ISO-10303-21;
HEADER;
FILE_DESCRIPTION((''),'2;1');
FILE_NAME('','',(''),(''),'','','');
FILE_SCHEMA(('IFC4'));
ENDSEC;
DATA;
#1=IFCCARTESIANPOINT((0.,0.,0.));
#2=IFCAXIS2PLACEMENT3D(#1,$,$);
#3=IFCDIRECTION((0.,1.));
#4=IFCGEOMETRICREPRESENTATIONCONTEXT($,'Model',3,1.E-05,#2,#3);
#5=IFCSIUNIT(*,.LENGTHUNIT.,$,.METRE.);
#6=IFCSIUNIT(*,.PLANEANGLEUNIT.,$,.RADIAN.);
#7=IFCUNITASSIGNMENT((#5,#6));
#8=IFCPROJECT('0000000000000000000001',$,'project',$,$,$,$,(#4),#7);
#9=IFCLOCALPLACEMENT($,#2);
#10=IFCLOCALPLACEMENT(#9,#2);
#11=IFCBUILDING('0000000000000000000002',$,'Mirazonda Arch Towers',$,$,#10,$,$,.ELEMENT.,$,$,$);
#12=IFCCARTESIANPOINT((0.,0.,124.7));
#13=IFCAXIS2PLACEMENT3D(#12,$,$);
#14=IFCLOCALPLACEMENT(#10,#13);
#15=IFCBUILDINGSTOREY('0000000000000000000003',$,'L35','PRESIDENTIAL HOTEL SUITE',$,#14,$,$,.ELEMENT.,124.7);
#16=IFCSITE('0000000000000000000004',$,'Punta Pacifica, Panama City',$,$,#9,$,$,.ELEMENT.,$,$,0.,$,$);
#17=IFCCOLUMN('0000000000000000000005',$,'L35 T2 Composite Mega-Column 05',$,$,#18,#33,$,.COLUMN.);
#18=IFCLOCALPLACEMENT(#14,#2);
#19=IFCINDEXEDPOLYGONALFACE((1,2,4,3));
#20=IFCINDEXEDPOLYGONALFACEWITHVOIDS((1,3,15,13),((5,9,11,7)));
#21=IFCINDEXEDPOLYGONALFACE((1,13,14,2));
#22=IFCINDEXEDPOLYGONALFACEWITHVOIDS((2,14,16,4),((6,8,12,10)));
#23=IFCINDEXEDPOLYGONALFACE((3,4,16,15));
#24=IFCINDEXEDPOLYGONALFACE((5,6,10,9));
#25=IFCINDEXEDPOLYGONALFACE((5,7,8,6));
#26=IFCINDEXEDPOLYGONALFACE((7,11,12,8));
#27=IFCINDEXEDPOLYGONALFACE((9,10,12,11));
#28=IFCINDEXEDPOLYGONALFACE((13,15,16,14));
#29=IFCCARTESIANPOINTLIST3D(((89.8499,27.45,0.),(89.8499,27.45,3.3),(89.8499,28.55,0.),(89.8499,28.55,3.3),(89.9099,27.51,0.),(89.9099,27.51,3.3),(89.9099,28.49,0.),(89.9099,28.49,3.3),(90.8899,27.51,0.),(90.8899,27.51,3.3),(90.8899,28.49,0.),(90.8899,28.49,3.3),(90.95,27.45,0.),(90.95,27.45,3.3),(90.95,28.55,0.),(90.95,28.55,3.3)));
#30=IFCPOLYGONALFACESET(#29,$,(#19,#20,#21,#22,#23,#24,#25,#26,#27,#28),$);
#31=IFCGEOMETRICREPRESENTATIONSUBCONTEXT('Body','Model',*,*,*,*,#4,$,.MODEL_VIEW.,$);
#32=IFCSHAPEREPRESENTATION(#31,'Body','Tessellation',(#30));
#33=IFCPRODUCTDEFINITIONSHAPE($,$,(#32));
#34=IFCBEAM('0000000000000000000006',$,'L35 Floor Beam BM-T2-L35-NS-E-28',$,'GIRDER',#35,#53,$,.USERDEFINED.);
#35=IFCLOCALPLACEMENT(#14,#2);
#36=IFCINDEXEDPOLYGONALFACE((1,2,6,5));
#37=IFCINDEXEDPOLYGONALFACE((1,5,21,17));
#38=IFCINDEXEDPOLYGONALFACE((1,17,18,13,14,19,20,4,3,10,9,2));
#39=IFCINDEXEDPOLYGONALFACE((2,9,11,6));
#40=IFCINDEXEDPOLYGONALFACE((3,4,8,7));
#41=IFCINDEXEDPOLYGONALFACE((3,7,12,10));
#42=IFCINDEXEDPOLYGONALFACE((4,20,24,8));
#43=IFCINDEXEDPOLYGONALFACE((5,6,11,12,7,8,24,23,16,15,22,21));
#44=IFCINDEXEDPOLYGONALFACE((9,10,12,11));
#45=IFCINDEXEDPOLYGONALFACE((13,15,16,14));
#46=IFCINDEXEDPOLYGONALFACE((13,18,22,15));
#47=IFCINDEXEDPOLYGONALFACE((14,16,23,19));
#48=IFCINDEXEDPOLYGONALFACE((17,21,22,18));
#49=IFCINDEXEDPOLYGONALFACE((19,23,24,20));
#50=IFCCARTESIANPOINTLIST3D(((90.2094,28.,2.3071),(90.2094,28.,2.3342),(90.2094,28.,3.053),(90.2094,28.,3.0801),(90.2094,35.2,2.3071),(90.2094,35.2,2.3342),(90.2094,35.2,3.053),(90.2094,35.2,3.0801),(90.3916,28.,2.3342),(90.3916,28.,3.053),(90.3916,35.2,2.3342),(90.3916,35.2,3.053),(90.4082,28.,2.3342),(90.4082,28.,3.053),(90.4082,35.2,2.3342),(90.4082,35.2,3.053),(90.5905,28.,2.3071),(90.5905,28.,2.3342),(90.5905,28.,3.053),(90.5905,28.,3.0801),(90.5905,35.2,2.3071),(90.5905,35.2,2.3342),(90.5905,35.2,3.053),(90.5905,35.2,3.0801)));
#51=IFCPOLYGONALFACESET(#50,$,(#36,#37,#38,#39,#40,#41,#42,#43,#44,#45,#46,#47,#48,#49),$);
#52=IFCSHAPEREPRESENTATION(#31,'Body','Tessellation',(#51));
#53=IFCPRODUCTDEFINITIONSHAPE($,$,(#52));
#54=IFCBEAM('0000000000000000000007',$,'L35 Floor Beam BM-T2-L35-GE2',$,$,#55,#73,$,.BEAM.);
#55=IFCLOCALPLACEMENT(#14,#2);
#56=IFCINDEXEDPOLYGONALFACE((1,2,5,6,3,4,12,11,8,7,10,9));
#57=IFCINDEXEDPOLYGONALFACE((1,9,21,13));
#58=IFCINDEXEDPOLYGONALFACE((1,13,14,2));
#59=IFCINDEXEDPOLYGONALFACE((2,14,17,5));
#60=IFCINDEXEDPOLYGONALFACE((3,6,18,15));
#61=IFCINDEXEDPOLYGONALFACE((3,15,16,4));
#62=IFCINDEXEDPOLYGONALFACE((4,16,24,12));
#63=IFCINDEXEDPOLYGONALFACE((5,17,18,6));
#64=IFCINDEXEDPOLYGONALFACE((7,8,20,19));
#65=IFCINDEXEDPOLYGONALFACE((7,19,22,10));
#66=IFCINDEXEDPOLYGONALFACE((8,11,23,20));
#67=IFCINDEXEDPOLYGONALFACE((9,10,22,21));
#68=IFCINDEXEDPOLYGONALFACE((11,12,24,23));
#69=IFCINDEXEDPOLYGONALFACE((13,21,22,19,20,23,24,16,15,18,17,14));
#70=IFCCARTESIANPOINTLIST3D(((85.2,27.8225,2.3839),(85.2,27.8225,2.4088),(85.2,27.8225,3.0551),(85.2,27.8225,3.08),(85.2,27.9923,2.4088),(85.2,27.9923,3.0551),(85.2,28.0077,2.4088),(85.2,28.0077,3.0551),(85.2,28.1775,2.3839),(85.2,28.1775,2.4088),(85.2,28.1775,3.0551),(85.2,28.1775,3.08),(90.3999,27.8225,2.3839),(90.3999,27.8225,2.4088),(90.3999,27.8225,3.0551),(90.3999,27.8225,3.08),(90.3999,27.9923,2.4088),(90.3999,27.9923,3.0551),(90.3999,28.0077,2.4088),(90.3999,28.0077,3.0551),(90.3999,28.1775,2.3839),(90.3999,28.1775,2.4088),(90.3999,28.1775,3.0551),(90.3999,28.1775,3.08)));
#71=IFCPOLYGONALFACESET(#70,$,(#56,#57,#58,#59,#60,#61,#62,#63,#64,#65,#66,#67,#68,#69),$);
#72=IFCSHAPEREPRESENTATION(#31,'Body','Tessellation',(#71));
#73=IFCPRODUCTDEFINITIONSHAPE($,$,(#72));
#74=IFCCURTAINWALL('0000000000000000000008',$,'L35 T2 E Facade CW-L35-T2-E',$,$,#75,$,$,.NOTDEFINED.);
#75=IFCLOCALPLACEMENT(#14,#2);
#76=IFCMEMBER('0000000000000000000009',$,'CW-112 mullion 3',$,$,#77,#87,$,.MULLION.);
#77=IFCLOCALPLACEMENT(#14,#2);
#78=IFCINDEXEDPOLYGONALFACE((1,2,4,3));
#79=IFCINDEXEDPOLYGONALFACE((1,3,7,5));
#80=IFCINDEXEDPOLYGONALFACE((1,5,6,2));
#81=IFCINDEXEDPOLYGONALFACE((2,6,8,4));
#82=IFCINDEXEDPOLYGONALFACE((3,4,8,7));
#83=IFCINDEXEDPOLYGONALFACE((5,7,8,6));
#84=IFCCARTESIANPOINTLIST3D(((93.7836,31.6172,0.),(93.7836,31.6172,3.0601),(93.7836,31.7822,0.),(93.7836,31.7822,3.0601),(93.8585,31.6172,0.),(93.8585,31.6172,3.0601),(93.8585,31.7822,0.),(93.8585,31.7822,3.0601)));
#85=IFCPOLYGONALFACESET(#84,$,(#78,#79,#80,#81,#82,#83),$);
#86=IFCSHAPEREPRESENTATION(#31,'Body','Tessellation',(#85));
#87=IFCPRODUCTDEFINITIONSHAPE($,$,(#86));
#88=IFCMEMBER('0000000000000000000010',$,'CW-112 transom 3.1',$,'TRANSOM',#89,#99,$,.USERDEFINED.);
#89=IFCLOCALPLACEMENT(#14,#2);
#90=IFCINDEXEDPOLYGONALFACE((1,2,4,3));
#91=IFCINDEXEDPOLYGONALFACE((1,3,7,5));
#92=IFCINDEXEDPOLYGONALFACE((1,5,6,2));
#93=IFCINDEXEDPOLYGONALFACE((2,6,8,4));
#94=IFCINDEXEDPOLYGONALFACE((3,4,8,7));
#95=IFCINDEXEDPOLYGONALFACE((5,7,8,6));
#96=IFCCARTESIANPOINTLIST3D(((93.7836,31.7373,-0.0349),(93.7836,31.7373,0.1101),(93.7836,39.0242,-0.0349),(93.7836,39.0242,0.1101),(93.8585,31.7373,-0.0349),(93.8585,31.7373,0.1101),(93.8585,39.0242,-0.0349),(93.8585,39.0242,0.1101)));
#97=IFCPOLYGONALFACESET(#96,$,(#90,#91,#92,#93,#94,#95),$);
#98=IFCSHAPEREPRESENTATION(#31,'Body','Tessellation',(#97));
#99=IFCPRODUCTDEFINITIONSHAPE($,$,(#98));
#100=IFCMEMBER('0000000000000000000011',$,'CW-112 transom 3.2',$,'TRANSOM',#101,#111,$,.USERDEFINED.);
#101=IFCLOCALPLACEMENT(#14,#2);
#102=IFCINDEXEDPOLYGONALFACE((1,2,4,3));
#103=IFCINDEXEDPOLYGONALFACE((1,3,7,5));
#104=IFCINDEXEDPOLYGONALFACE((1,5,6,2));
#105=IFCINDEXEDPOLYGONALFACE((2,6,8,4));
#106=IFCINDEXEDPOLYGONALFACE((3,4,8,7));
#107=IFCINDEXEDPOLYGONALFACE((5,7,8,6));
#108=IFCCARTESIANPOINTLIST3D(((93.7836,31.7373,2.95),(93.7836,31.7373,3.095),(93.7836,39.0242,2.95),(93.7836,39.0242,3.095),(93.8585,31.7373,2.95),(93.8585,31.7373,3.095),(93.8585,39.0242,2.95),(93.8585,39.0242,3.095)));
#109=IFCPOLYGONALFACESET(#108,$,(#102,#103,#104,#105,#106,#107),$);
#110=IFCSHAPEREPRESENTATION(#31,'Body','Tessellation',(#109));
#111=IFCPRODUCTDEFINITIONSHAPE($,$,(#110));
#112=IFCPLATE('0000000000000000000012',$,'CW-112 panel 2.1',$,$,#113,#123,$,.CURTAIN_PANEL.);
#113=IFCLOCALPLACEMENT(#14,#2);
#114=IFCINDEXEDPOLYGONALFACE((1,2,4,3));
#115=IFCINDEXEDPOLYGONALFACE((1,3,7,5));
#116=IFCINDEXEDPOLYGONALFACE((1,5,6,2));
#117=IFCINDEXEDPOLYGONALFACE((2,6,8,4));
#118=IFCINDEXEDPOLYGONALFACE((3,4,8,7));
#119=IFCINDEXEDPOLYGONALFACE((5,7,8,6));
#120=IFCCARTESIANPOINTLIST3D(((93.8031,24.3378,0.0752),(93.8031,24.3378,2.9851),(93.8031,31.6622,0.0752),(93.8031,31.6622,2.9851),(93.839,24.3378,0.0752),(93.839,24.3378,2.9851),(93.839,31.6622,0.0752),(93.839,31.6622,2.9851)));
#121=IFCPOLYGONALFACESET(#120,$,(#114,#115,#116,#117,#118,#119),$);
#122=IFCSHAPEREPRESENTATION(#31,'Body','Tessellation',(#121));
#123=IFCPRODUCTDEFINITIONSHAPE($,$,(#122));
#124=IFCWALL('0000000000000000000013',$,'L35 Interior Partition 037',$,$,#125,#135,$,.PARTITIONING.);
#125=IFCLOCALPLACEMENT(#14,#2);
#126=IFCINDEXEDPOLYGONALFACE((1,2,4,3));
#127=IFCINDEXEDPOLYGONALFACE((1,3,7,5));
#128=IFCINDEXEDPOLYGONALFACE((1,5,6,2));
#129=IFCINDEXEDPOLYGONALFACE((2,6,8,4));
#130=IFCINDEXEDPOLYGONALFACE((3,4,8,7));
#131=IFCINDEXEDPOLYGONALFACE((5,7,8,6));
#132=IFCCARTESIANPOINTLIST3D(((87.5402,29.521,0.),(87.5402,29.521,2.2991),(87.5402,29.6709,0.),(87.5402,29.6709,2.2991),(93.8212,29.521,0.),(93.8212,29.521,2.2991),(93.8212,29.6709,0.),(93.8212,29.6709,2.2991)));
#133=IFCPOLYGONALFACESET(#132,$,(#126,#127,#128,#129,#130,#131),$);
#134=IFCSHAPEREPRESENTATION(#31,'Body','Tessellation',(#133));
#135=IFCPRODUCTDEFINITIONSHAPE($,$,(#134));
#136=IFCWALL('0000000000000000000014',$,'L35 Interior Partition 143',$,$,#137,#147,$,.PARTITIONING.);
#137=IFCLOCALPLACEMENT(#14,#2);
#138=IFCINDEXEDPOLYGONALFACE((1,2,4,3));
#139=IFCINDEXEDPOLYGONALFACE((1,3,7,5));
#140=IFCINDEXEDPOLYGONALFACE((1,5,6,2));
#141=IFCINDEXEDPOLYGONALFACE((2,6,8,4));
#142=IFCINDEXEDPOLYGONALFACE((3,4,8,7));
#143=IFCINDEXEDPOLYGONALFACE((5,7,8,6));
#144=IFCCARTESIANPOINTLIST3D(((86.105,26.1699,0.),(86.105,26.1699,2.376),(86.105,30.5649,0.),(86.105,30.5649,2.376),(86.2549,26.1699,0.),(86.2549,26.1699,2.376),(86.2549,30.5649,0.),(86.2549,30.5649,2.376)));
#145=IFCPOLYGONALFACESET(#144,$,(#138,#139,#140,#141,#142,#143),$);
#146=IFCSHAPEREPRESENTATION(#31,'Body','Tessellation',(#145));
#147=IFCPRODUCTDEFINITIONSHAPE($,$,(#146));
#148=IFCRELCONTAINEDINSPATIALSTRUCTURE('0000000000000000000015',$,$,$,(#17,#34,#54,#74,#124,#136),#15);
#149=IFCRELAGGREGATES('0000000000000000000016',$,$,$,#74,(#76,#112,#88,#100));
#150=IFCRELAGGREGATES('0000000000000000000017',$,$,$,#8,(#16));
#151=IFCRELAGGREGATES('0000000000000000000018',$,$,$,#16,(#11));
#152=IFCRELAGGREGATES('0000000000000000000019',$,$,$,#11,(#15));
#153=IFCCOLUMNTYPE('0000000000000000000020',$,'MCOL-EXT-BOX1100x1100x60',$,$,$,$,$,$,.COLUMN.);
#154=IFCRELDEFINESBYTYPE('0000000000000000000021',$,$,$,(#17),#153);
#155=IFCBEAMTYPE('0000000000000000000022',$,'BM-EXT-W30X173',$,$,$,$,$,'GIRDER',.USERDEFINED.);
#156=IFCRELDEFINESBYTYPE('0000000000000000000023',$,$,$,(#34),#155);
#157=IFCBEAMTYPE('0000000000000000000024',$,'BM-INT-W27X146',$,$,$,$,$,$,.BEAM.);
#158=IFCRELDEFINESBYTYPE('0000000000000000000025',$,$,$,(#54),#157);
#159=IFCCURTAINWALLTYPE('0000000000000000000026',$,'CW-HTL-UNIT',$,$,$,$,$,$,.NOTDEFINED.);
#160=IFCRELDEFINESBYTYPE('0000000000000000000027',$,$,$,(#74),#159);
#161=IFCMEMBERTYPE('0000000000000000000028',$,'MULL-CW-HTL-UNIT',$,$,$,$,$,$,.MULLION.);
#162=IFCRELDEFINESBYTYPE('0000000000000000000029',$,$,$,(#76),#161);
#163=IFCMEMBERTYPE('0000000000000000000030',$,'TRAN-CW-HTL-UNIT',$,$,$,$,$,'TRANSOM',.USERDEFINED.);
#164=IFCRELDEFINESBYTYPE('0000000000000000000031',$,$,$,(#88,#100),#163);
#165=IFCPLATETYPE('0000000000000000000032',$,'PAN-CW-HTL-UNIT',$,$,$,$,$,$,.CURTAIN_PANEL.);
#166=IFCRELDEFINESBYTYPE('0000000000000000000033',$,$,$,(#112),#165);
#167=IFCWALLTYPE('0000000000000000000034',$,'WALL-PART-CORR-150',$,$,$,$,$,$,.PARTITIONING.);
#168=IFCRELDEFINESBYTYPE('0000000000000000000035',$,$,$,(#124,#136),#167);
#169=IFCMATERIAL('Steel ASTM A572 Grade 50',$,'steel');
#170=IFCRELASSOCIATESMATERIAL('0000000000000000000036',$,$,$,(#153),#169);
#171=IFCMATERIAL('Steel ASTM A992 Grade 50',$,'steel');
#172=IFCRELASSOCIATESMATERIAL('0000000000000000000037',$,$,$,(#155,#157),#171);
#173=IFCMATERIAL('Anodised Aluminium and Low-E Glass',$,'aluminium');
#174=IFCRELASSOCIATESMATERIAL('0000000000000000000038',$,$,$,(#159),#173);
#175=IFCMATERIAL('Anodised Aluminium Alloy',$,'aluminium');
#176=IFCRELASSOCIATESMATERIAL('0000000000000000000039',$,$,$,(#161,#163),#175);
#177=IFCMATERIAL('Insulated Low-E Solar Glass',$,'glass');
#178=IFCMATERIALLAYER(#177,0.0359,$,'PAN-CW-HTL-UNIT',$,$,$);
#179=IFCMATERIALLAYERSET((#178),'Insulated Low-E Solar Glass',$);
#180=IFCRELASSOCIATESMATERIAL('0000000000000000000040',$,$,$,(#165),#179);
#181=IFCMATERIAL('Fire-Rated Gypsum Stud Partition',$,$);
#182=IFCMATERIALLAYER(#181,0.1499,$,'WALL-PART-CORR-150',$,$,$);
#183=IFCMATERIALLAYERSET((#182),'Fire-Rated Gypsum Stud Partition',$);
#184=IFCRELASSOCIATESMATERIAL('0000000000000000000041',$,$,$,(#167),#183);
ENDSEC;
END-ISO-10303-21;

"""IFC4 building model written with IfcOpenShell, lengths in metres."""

from ifc_helpers import new_model, si_unit, direction, frame, frame_2d, origin, origin_2d, place, context, subcontext, project, spatial, rectangle, hollow_rectangle, i_section, extrude, material, layer, layer_set, material_profile, profile_set, type_object, element, aggregate, save


model = new_model("IFC4")

# Units and contexts
model_context = context("Model", 3, precision=1e-05, world=origin(), true_north=direction((0.0, 1.0)))
body_context = subcontext(model_context, "Body", "Model", "MODEL_VIEW")
ifc_project = project(units=[si_unit("LENGTHUNIT", "METRE"), si_unit("PLANEANGLEUNIT", "RADIAN")], contexts=[model_context])

# Site, building, storey
site_placement = place(None, origin())
site = spatial("IfcSite", under=ifc_project, at=site_placement, Name="Punta Pacifica, Panama City", CompositionType="ELEMENT", RefElevation=0.0)
building_placement = place(site_placement, origin())
building = spatial("IfcBuilding", under=site, at=building_placement, Name="Mirazonda Arch Towers", CompositionType="ELEMENT")
storey_placement = place(building_placement, frame((0.0, 0.0, 124.7)))
storey = spatial("IfcBuildingStorey", under=building, at=storey_placement, Name="L35", Description="PRESIDENTIAL HOTEL SUITE", CompositionType="ELEMENT", Elevation=124.7)

# Column
ifc_material_1 = material(Name="Steel ASTM A572 Grade 50", Category="steel")
ifc_material_profile_1 = material_profile(ifc_material_1, hollow_rectangle(XDim=1.1001, YDim=1.1001, WallThickness=0.0601, at=origin_2d()), Name="BOX1100x1100x60")
ifc_profile_set_1 = profile_set([ifc_material_profile_1], Name="Steel ASTM A572 Grade 50")
column_type = type_object("IfcColumnType", Name="MCOL-EXT-BOX1100x1100x60", PredefinedType="COLUMN", material=ifc_profile_set_1)
column_placement = place(storey_placement, frame((90.3999, 28.0, 0.0), z_axis=(0.0, 0.0, 1.0), x_axis=(1.0, 0.0, 0.0)))
element("IfcColumn", 1, at=column_placement, inside=storey, type_object=column_type, Name="L35 T2 Composite Mega-Column 05", PredefinedType="COLUMN", context=body_context, shape_type="SweptSolid", body=[
    extrude(hollow_rectangle(XDim=1.1001, YDim=1.1001, WallThickness=0.0601, at=origin_2d()), origin(), (0.0, 0.0, 1.0), 3.3),
])

# Beams
ifc_material_2 = material(Name="Steel ASTM A992 Grade 50", Category="steel")
ifc_material_profile_2 = material_profile(ifc_material_2, i_section(OverallWidth=0.3811, OverallDepth=0.7729, WebThickness=0.0166, FlangeThickness=0.0271, at=origin_2d()), Name="W30X173")
ifc_profile_set_2 = profile_set([ifc_material_profile_2], Name="Steel ASTM A992 Grade 50")
beam_type_1 = type_object("IfcBeamType", Name="BM-EXT-W30X173", ElementType="GIRDER", PredefinedType="USERDEFINED", material=ifc_profile_set_2)
beam_1_placement = place(storey_placement, frame((90.3999, 28.0, 2.6936), z_axis=(0.0, 1.0, 0.0), x_axis=(-1.0, 0.0, 0.0)))
element("IfcBeam", 2, at=beam_1_placement, inside=storey, type_object=beam_type_1, Name="L35 Floor Beam BM-T2-L35-NS-E-28", ObjectType="GIRDER", PredefinedType="USERDEFINED", context=body_context, shape_type="SweptSolid", body=[
    extrude(i_section(OverallWidth=0.3811, OverallDepth=0.7729, WebThickness=0.0166, FlangeThickness=0.0271, at=origin_2d()), origin(), (0.0, 0.0, 1.0), 7.2),
])
ifc_material_profile_3 = material_profile(ifc_material_2, i_section(OverallWidth=0.355, OverallDepth=0.696, WebThickness=0.0154, FlangeThickness=0.0249, at=origin_2d()), Name="W27X146")
ifc_profile_set_3 = profile_set([ifc_material_profile_3], Name="Steel ASTM A992 Grade 50")
beam_type_2 = type_object("IfcBeamType", Name="BM-INT-W27X146", PredefinedType="BEAM", material=ifc_profile_set_3)
beam_2_placement = place(storey_placement, frame((85.2, 28.0, 2.7319), z_axis=(1.0, 0.0, 0.0), x_axis=(0.0, 1.0, 0.0)))
element("IfcBeam", 3, at=beam_2_placement, inside=storey, type_object=beam_type_2, Name="L35 Floor Beam BM-T2-L35-GE2", PredefinedType="BEAM", context=body_context, shape_type="SweptSolid", body=[
    extrude(i_section(OverallWidth=0.355, OverallDepth=0.696, WebThickness=0.0154, FlangeThickness=0.0249, at=origin_2d()), origin(), (0.0, 0.0, 1.0), 5.2),
])

# Curtain wall, members, plate
ifc_material_3 = material(Name="Anodised Aluminium and Low-E Glass", Category="aluminium")
curtain_wall_type = type_object("IfcCurtainWallType", Name="CW-HTL-UNIT", PredefinedType="NOTDEFINED", material=ifc_material_3)
curtain_wall_placement = place(storey_placement, origin())
curtain_wall = element("IfcCurtainWall", 4, at=curtain_wall_placement, inside=storey, type_object=curtain_wall_type, Name="L35 T2 E Facade CW-L35-T2-E", PredefinedType="NOTDEFINED")
ifc_material_4 = material(Name="Anodised Aluminium Alloy", Category="aluminium")
ifc_material_profile_4 = material_profile(ifc_material_4, rectangle(XDim=0.075, YDim=0.165, at=origin_2d()), Name="ALU-MULL-75x165")
ifc_profile_set_4 = profile_set([ifc_material_profile_4], Name="Anodised Aluminium Alloy")
member_type_1 = type_object("IfcMemberType", Name="MULL-CW-HTL-UNIT", PredefinedType="MULLION", material=ifc_profile_set_4)
member_1_placement = place(storey_placement, frame((93.821, 31.6997, 0.0), z_axis=(0.0, 0.0, 1.0), x_axis=(-1.0, 0.0, 0.0)))
member_1 = element("IfcMember", 5, at=member_1_placement, type_object=member_type_1, Name="CW-112 mullion 3", PredefinedType="MULLION", context=body_context, shape_type="SweptSolid", body=[
    extrude(rectangle(XDim=0.075, YDim=0.165, at=origin_2d()), origin(), (0.0, 0.0, 1.0), 3.0601),
])
ifc_material_profile_5 = material_profile(ifc_material_4, rectangle(XDim=0.075, YDim=0.145, at=origin_2d()), Name="ALU-TRAN-75x145")
ifc_profile_set_5 = profile_set([ifc_material_profile_5], Name="Anodised Aluminium Alloy")
member_type_2 = type_object("IfcMemberType", Name="TRAN-CW-HTL-UNIT", ElementType="TRANSOM", PredefinedType="USERDEFINED", material=ifc_profile_set_5)
member_2_placement = place(storey_placement, frame((93.821, 31.7373, 0.0376), z_axis=(0.0, 1.0, 0.0), x_axis=(-1.0, 0.0, 0.0)))
member_2 = element("IfcMember", 6, at=member_2_placement, type_object=member_type_2, Name="CW-112 transom 3.1", ObjectType="TRANSOM", PredefinedType="USERDEFINED", context=body_context, shape_type="SweptSolid", body=[
    extrude(rectangle(XDim=0.075, YDim=0.145, at=origin_2d()), origin(), (0.0, 0.0, 1.0), 7.2869),
])
member_3_placement = place(storey_placement, frame((93.821, 31.7373, 3.0225), z_axis=(0.0, 1.0, 0.0), x_axis=(-1.0, 0.0, 0.0)))
member_3 = element("IfcMember", 7, at=member_3_placement, type_object=member_type_2, Name="CW-112 transom 3.2", ObjectType="TRANSOM", PredefinedType="USERDEFINED", context=body_context, shape_type="SweptSolid", body=[
    extrude(rectangle(XDim=0.075, YDim=0.145, at=origin_2d()), origin(), (0.0, 0.0, 1.0), 7.2869),
])
ifc_material_5 = material(Name="Insulated Low-E Solar Glass", Category="glass")
ifc_layer_1 = layer(ifc_material_5, 0.0359, Name="PAN-CW-HTL-UNIT")
ifc_layer_set_1 = layer_set([ifc_layer_1], Name="Insulated Low-E Solar Glass")
plate_type = type_object("IfcPlateType", Name="PAN-CW-HTL-UNIT", PredefinedType="CURTAIN_PANEL", material=ifc_layer_set_1)
plate_placement = place(storey_placement, frame((93.821, 28.0, 0.0752), z_axis=(0.0, 0.0, 1.0), x_axis=(0.0, 1.0, 0.0)))
plate = element("IfcPlate", 8, at=plate_placement, type_object=plate_type, Name="CW-112 panel 2.1", PredefinedType="CURTAIN_PANEL", context=body_context, shape_type="SweptSolid", body=[
    extrude(rectangle(XDim=7.3245, YDim=0.0359, at=origin_2d()), origin(), (0.0, 0.0, 1.0), 2.9099),
])
aggregate(curtain_wall, [member_1, plate, member_2, member_3])

# Shared definitions
ifc_material_6 = material(Name="Fire-Rated Gypsum Stud Partition")
ifc_layer_2 = layer(ifc_material_6, 0.1499, Name="WALL-PART-CORR-150")
ifc_layer_set_2 = layer_set([ifc_layer_2], Name="Fire-Rated Gypsum Stud Partition")
wall_type_1 = type_object("IfcWallType", Name="WALL-PART-CORR-150", PredefinedType="PARTITIONING", material=ifc_layer_set_2)

# Wall
wall_1_placement = place(storey_placement, frame((87.54, 29.5959, 0.0), z_axis=(0.0, 0.0, 1.0), x_axis=(1.0, 0.0, 0.0)))
element("IfcWall", 9, at=wall_1_placement, inside=storey, type_object=wall_type_1, Name="L35 Interior Partition 037", PredefinedType="PARTITIONING", context=body_context, shape_type="SweptSolid", body=[
    extrude(rectangle(XDim=6.281, YDim=0.1499, at=frame_2d((3.1406, 0.0))), origin(), (0.0, 0.0, 1.0), 2.2991),
])

# Wall
wall_2_placement = place(storey_placement, frame((86.1799, 26.1699, 0.0), z_axis=(0.0, 0.0, 1.0), x_axis=(0.0, 1.0, 0.0)))
element("IfcWall", 10, at=wall_2_placement, inside=storey, type_object=wall_type_1, Name="L35 Interior Partition 143", PredefinedType="PARTITIONING", context=body_context, shape_type="SweptSolid", body=[
    extrude(rectangle(XDim=4.395, YDim=0.1499, at=frame_2d((2.1975, 0.0))), origin(), (0.0, 0.0, 1.0), 2.376),
])

save(model, "model.ifc")
